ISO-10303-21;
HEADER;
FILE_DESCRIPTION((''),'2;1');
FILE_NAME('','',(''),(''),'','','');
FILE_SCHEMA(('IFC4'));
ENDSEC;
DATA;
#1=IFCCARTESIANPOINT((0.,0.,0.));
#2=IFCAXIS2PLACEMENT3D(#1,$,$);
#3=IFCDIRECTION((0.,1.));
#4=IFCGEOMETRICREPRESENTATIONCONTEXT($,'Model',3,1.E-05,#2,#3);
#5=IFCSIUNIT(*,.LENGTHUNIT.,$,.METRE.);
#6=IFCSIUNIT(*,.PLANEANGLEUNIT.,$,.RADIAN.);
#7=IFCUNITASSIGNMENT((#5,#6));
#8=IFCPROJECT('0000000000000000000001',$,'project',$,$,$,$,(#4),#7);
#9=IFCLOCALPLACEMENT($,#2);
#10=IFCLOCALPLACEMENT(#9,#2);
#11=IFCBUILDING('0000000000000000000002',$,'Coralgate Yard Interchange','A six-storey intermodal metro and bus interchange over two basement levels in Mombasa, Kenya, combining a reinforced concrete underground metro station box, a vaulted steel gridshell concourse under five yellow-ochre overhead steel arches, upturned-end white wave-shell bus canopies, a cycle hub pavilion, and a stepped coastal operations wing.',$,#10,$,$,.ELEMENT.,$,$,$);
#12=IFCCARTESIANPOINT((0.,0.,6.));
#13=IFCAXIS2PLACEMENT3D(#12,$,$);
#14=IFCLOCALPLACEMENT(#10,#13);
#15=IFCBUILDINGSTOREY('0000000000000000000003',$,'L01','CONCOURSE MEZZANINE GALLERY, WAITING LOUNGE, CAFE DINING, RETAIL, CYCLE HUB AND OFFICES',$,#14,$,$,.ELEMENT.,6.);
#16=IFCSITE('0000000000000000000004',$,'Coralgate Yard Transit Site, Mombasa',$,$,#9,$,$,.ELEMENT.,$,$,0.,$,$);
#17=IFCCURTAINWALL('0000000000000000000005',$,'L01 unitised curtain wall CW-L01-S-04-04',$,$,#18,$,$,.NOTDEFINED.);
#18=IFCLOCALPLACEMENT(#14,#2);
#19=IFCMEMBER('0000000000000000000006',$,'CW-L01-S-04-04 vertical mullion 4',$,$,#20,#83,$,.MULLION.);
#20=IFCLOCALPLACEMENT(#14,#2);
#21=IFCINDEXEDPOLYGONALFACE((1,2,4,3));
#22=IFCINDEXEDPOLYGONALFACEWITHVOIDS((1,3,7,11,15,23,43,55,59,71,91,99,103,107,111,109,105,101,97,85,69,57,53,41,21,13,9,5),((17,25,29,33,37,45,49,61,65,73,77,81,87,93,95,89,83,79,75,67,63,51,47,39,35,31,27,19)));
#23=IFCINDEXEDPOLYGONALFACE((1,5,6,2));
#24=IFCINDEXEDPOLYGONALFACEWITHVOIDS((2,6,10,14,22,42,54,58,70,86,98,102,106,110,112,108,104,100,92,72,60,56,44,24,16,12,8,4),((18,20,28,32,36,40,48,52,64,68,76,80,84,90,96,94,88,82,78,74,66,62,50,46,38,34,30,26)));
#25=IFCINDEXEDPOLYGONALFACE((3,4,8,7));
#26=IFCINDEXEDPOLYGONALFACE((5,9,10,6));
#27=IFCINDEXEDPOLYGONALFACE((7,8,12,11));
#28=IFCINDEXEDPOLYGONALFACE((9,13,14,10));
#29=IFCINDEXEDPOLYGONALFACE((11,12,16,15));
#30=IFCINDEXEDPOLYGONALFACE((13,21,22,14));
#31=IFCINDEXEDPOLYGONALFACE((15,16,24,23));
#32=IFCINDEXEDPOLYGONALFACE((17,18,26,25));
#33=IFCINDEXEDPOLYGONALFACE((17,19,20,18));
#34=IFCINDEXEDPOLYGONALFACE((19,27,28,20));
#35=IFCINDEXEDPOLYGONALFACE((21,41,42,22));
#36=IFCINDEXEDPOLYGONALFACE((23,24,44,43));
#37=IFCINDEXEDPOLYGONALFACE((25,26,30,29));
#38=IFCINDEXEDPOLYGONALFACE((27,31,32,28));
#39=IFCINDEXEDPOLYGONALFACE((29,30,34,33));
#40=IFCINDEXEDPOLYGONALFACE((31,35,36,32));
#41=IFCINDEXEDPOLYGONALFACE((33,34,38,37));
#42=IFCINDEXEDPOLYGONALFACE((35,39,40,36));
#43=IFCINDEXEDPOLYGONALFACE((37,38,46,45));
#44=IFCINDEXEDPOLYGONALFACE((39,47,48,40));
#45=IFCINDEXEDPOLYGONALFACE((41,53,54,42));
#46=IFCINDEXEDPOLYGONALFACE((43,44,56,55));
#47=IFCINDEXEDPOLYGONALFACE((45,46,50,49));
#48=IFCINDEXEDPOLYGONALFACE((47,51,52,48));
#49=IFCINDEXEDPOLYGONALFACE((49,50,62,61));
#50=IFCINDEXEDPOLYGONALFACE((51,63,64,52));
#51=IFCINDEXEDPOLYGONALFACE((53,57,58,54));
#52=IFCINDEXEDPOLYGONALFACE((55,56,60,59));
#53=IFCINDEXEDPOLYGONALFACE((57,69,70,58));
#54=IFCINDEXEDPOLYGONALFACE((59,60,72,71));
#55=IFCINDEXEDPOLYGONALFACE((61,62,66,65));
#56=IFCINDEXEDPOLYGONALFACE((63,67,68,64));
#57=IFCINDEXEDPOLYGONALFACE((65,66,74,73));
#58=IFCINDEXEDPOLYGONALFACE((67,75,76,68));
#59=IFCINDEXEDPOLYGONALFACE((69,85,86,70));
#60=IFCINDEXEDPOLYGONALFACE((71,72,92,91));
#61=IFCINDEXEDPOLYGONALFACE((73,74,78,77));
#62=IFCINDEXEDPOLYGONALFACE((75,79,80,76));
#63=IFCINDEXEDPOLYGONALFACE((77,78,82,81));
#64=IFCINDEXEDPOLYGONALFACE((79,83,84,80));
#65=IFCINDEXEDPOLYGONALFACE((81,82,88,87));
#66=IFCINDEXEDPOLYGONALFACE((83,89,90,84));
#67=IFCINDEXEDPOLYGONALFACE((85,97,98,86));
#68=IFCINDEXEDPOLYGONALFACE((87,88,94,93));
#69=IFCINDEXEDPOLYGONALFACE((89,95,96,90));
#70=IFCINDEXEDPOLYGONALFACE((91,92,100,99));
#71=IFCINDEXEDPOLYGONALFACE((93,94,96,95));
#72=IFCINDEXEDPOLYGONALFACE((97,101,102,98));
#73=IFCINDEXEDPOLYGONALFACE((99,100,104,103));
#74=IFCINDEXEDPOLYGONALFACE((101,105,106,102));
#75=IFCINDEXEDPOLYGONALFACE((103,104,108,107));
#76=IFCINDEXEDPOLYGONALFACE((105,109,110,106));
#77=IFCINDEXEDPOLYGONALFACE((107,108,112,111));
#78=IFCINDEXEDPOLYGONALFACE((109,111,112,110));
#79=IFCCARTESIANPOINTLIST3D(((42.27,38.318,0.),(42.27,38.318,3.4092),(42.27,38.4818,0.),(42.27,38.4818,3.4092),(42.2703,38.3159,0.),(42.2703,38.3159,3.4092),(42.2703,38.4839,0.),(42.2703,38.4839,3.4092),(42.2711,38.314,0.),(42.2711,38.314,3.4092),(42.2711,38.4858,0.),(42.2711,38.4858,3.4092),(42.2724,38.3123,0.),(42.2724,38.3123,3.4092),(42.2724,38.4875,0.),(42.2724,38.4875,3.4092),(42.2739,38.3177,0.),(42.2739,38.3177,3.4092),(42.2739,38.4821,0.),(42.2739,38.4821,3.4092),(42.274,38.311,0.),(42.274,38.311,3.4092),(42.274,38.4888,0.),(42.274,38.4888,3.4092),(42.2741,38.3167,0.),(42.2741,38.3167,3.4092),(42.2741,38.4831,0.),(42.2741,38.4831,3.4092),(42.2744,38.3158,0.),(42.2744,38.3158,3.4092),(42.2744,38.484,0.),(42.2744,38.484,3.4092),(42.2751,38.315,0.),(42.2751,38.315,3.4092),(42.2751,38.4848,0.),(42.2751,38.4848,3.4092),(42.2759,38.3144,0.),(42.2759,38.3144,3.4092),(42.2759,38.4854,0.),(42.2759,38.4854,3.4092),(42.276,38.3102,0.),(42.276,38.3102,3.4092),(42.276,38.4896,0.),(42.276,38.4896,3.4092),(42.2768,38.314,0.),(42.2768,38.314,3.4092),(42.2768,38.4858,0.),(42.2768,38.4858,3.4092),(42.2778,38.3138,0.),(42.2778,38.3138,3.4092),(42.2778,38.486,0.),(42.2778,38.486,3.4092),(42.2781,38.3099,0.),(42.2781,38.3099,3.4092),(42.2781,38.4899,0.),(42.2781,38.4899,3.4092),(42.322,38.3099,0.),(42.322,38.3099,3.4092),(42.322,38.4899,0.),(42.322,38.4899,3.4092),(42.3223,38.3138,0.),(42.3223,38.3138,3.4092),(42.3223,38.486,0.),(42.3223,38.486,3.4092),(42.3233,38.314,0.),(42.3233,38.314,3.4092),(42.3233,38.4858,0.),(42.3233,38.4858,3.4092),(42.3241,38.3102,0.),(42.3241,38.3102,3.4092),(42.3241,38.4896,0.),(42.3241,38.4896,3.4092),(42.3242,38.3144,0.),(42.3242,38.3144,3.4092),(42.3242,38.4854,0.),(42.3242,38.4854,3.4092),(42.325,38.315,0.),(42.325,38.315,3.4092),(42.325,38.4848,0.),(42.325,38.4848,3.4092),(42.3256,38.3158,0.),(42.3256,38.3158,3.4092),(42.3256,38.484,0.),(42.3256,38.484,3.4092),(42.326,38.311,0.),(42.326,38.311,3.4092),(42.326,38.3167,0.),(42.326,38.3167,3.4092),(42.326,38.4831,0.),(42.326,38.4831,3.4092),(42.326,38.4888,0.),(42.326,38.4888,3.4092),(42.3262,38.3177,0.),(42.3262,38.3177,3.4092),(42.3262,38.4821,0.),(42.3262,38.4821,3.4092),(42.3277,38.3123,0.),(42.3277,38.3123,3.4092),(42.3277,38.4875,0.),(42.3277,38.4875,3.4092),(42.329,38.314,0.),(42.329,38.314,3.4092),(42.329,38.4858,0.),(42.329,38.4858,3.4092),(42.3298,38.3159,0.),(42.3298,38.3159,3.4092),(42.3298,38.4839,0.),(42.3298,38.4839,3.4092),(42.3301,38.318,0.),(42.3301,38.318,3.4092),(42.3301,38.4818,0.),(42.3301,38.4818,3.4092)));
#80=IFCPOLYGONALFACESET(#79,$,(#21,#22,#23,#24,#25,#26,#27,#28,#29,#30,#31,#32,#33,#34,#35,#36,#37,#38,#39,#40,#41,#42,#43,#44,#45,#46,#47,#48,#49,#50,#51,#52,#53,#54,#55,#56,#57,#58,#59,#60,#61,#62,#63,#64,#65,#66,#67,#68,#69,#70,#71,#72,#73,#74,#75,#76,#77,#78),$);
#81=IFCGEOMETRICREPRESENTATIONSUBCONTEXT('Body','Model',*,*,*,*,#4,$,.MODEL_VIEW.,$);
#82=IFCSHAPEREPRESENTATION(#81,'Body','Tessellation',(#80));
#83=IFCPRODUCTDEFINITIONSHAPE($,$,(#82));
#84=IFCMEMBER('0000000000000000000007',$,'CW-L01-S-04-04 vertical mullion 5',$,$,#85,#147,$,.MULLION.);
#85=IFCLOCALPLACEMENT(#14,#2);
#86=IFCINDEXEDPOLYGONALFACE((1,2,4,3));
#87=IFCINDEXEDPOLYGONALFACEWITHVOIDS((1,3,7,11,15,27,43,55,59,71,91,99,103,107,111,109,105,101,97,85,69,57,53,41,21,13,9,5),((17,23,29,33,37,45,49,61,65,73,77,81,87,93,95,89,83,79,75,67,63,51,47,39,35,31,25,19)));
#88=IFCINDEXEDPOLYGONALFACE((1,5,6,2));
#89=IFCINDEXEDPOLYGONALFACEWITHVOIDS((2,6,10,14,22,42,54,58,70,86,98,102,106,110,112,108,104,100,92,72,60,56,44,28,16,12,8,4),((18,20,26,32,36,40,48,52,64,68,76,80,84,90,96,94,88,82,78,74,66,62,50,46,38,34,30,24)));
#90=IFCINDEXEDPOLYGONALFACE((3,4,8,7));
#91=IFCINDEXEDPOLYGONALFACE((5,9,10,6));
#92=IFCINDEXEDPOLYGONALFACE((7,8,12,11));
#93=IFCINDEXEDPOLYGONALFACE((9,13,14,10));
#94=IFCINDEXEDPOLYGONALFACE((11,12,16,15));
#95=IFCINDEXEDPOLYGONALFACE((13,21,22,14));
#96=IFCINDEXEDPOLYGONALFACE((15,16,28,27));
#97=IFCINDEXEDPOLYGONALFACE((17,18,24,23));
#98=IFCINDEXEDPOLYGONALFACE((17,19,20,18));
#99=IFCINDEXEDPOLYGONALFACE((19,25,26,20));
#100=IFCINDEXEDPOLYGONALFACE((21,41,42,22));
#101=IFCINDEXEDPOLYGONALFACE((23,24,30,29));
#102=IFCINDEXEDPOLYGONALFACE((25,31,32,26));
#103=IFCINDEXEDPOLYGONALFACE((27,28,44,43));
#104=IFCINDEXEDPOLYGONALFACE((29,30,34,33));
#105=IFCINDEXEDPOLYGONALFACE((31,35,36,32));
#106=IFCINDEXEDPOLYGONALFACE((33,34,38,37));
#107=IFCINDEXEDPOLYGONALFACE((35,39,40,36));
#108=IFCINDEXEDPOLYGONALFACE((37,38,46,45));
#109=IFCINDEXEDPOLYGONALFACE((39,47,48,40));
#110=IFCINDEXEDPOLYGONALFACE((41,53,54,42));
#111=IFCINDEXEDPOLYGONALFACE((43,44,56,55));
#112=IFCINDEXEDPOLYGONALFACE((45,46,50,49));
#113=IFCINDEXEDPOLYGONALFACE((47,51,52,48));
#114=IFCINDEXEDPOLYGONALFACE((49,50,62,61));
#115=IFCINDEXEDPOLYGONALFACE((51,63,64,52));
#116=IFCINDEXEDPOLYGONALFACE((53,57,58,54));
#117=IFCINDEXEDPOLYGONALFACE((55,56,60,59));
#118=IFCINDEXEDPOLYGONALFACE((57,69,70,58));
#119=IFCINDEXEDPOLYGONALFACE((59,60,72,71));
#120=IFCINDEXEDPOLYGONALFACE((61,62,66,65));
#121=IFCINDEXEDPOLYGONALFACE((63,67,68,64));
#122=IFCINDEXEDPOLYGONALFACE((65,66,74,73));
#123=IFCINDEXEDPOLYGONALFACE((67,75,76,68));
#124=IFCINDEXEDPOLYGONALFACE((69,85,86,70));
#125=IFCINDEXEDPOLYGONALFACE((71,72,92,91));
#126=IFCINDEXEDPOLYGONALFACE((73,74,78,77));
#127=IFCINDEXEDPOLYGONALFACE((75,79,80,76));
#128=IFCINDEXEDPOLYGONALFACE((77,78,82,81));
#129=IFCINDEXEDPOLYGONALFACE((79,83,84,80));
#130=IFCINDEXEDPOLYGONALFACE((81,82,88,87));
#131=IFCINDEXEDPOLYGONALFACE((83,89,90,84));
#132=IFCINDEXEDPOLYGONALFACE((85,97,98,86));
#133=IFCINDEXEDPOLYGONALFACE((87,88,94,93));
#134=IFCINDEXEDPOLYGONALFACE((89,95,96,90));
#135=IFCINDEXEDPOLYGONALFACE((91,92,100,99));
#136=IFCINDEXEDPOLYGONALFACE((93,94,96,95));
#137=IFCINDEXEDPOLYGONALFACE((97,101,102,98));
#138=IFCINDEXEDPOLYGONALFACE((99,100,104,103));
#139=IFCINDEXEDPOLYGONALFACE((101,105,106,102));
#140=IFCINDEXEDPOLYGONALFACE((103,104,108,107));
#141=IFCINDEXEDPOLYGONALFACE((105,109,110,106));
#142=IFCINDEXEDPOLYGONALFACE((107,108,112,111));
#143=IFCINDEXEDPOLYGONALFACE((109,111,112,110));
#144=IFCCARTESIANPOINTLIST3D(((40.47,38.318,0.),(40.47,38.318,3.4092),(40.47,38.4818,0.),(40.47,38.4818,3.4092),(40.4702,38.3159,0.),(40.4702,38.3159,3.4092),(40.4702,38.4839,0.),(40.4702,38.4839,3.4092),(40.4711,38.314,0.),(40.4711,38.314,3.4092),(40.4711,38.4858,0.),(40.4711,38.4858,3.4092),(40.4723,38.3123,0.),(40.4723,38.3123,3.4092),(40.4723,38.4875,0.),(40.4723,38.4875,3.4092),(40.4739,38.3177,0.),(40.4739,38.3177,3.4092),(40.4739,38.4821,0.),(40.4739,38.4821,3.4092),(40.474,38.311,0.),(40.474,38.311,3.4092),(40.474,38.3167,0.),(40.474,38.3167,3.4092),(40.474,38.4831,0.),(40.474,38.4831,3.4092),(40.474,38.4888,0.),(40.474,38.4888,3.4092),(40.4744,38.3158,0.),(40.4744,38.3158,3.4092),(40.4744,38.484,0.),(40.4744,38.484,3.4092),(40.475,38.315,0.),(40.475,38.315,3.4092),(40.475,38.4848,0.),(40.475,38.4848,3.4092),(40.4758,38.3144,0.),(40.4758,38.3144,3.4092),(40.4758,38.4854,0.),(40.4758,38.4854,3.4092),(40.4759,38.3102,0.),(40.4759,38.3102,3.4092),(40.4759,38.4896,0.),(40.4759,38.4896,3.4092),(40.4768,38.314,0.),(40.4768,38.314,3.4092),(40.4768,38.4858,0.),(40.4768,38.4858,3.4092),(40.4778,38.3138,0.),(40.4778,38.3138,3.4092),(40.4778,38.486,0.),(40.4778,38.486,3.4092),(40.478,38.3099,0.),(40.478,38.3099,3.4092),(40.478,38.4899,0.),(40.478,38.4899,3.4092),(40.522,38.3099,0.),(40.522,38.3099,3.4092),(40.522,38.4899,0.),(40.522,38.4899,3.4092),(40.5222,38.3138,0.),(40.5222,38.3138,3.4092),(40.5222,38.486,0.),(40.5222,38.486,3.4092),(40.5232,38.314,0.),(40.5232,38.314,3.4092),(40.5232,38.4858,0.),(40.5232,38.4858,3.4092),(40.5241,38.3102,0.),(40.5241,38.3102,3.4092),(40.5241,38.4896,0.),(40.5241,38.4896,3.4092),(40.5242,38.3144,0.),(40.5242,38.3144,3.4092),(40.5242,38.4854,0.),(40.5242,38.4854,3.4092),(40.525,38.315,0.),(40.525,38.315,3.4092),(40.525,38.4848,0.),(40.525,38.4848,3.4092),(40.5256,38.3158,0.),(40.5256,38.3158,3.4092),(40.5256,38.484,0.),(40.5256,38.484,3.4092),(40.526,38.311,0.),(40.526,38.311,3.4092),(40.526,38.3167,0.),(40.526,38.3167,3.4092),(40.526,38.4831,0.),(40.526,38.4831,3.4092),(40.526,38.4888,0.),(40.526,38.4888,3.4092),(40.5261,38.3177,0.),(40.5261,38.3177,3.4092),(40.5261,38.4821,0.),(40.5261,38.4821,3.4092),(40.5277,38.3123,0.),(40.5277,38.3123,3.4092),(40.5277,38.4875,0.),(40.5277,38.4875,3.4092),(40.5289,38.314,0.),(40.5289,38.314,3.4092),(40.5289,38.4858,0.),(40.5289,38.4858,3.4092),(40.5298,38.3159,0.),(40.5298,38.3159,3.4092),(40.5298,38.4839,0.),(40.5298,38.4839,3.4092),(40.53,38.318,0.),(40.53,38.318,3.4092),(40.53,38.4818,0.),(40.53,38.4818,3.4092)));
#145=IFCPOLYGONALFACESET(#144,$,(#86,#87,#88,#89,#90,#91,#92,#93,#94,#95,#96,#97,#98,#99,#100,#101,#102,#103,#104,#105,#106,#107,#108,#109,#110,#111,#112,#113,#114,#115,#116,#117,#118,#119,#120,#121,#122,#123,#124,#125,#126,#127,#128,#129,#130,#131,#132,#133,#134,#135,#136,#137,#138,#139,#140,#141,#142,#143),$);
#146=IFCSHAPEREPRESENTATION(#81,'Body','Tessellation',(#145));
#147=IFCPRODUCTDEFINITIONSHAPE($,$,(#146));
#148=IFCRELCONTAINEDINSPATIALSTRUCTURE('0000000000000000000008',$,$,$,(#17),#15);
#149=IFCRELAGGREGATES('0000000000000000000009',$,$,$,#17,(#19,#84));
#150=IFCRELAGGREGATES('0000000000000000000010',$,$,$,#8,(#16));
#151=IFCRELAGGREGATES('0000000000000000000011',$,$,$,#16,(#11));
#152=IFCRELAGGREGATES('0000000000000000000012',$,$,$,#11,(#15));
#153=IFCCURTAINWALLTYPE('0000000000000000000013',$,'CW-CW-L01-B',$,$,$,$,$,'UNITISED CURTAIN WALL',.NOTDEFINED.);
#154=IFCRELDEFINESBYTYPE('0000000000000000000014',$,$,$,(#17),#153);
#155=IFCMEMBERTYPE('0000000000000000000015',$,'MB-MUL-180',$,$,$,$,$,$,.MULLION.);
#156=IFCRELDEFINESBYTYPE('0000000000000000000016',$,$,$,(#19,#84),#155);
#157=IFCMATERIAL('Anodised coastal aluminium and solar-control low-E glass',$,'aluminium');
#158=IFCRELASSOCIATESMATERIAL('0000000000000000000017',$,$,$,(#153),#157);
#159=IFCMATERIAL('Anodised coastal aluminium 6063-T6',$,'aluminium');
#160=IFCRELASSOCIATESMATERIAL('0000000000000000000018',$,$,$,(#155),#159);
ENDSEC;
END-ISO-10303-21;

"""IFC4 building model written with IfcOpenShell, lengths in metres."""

from ifc_helpers import new_model, si_unit, direction, frame, origin, origin_2d, place, context, subcontext, project, spatial, hollow_rectangle, extrude, material, material_profile, profile_set, type_object, element, aggregate, save


model = new_model("IFC4")

# Units and contexts
model_context = context("Model", 3, precision=1e-05, world=origin(), true_north=direction((0.0, 1.0)))
body_context = subcontext(model_context, "Body", "Model", "MODEL_VIEW")
ifc_project = project(units=[si_unit("LENGTHUNIT", "METRE"), si_unit("PLANEANGLEUNIT", "RADIAN")], contexts=[model_context])

# Site, building, storey
site_placement = place(None, origin())
site = spatial("IfcSite", under=ifc_project, at=site_placement, Name="Coralgate Yard Transit Site, Mombasa", CompositionType="ELEMENT", RefElevation=0.0)
building_placement = place(site_placement, origin())
building = spatial("IfcBuilding", under=site, at=building_placement, Name="Coralgate Yard Interchange", Description="A six-storey intermodal metro and bus interchange over two basement levels in Mombasa, Kenya, combining a reinforced concrete underground metro station box, a vaulted steel gridshell concourse under five yellow-ochre overhead steel arches, upturned-end white wave-shell bus canopies, a cycle hub pavilion, and a stepped coastal operations wing.", CompositionType="ELEMENT")
storey_placement = place(building_placement, frame((0.0, 0.0, 6.0)))
storey = spatial("IfcBuildingStorey", under=building, at=storey_placement, Name="L01", Description="CONCOURSE MEZZANINE GALLERY, WAITING LOUNGE, CAFE DINING, RETAIL, CYCLE HUB AND OFFICES", CompositionType="ELEMENT", Elevation=6.0)

# Shared definitions
ifc_material_1 = material(Name="Anodised coastal aluminium and solar-control low-E glass", Category="aluminium")
curtain_wall_type_1 = type_object("IfcCurtainWallType", Name="CW-CW-L01-B", ElementType="UNITISED CURTAIN WALL", PredefinedType="NOTDEFINED", material=ifc_material_1)
ifc_material_2 = material(Name="Anodised coastal aluminium 6063-T6", Category="aluminium")
ifc_material_profile_1 = material_profile(ifc_material_2, hollow_rectangle(XDim=0.0601, YDim=0.1799, WallThickness=0.0039, InnerFilletRadius=0.0039, OuterFilletRadius=0.0081, at=origin_2d()), Name="ALU 60x180x4")
ifc_profile_set_1 = profile_set([ifc_material_profile_1], Name="Anodised coastal aluminium 6063-T6")
member_type_1 = type_object("IfcMemberType", Name="MB-MUL-180", PredefinedType="MULLION", material=ifc_profile_set_1)

# Curtain wall, members
curtain_wall_1_placement = place(storey_placement, origin())
curtain_wall_1 = element("IfcCurtainWall", 1, at=curtain_wall_1_placement, inside=storey, type_object=curtain_wall_type_1, Name="L01 unitised curtain wall CW-L01-S-04-04", PredefinedType="NOTDEFINED")
member_1_placement = place(storey_placement, frame((42.3, 38.3999, 0.0), z_axis=(0.0, 0.0, 1.0), x_axis=(1.0, 0.0, 0.0)))
member_1 = element("IfcMember", 2, at=member_1_placement, type_object=member_type_1, Name="CW-L01-S-04-04 vertical mullion 4", PredefinedType="MULLION", context=body_context, shape_type="SweptSolid", body=[
    extrude(hollow_rectangle(XDim=0.0601, YDim=0.1799, WallThickness=0.0039, InnerFilletRadius=0.0039, OuterFilletRadius=0.0081, at=origin_2d()), origin(), (0.0, 0.0, 1.0), 3.4092),
])
member_2_placement = place(storey_placement, frame((40.5, 38.3999, 0.0), z_axis=(0.0, 0.0, 1.0), x_axis=(1.0, 0.0, 0.0)))
member_2 = element("IfcMember", 3, at=member_2_placement, type_object=member_type_1, Name="CW-L01-S-04-04 vertical mullion 5", PredefinedType="MULLION", context=body_context, shape_type="SweptSolid", body=[
    extrude(hollow_rectangle(XDim=0.0601, YDim=0.1799, WallThickness=0.0039, InnerFilletRadius=0.0039, OuterFilletRadius=0.0081, at=origin_2d()), origin(), (0.0, 0.0, 1.0), 3.4092),
])

aggregate(curtain_wall_1, [member_1, member_2])

save(model, "model.ifc")
